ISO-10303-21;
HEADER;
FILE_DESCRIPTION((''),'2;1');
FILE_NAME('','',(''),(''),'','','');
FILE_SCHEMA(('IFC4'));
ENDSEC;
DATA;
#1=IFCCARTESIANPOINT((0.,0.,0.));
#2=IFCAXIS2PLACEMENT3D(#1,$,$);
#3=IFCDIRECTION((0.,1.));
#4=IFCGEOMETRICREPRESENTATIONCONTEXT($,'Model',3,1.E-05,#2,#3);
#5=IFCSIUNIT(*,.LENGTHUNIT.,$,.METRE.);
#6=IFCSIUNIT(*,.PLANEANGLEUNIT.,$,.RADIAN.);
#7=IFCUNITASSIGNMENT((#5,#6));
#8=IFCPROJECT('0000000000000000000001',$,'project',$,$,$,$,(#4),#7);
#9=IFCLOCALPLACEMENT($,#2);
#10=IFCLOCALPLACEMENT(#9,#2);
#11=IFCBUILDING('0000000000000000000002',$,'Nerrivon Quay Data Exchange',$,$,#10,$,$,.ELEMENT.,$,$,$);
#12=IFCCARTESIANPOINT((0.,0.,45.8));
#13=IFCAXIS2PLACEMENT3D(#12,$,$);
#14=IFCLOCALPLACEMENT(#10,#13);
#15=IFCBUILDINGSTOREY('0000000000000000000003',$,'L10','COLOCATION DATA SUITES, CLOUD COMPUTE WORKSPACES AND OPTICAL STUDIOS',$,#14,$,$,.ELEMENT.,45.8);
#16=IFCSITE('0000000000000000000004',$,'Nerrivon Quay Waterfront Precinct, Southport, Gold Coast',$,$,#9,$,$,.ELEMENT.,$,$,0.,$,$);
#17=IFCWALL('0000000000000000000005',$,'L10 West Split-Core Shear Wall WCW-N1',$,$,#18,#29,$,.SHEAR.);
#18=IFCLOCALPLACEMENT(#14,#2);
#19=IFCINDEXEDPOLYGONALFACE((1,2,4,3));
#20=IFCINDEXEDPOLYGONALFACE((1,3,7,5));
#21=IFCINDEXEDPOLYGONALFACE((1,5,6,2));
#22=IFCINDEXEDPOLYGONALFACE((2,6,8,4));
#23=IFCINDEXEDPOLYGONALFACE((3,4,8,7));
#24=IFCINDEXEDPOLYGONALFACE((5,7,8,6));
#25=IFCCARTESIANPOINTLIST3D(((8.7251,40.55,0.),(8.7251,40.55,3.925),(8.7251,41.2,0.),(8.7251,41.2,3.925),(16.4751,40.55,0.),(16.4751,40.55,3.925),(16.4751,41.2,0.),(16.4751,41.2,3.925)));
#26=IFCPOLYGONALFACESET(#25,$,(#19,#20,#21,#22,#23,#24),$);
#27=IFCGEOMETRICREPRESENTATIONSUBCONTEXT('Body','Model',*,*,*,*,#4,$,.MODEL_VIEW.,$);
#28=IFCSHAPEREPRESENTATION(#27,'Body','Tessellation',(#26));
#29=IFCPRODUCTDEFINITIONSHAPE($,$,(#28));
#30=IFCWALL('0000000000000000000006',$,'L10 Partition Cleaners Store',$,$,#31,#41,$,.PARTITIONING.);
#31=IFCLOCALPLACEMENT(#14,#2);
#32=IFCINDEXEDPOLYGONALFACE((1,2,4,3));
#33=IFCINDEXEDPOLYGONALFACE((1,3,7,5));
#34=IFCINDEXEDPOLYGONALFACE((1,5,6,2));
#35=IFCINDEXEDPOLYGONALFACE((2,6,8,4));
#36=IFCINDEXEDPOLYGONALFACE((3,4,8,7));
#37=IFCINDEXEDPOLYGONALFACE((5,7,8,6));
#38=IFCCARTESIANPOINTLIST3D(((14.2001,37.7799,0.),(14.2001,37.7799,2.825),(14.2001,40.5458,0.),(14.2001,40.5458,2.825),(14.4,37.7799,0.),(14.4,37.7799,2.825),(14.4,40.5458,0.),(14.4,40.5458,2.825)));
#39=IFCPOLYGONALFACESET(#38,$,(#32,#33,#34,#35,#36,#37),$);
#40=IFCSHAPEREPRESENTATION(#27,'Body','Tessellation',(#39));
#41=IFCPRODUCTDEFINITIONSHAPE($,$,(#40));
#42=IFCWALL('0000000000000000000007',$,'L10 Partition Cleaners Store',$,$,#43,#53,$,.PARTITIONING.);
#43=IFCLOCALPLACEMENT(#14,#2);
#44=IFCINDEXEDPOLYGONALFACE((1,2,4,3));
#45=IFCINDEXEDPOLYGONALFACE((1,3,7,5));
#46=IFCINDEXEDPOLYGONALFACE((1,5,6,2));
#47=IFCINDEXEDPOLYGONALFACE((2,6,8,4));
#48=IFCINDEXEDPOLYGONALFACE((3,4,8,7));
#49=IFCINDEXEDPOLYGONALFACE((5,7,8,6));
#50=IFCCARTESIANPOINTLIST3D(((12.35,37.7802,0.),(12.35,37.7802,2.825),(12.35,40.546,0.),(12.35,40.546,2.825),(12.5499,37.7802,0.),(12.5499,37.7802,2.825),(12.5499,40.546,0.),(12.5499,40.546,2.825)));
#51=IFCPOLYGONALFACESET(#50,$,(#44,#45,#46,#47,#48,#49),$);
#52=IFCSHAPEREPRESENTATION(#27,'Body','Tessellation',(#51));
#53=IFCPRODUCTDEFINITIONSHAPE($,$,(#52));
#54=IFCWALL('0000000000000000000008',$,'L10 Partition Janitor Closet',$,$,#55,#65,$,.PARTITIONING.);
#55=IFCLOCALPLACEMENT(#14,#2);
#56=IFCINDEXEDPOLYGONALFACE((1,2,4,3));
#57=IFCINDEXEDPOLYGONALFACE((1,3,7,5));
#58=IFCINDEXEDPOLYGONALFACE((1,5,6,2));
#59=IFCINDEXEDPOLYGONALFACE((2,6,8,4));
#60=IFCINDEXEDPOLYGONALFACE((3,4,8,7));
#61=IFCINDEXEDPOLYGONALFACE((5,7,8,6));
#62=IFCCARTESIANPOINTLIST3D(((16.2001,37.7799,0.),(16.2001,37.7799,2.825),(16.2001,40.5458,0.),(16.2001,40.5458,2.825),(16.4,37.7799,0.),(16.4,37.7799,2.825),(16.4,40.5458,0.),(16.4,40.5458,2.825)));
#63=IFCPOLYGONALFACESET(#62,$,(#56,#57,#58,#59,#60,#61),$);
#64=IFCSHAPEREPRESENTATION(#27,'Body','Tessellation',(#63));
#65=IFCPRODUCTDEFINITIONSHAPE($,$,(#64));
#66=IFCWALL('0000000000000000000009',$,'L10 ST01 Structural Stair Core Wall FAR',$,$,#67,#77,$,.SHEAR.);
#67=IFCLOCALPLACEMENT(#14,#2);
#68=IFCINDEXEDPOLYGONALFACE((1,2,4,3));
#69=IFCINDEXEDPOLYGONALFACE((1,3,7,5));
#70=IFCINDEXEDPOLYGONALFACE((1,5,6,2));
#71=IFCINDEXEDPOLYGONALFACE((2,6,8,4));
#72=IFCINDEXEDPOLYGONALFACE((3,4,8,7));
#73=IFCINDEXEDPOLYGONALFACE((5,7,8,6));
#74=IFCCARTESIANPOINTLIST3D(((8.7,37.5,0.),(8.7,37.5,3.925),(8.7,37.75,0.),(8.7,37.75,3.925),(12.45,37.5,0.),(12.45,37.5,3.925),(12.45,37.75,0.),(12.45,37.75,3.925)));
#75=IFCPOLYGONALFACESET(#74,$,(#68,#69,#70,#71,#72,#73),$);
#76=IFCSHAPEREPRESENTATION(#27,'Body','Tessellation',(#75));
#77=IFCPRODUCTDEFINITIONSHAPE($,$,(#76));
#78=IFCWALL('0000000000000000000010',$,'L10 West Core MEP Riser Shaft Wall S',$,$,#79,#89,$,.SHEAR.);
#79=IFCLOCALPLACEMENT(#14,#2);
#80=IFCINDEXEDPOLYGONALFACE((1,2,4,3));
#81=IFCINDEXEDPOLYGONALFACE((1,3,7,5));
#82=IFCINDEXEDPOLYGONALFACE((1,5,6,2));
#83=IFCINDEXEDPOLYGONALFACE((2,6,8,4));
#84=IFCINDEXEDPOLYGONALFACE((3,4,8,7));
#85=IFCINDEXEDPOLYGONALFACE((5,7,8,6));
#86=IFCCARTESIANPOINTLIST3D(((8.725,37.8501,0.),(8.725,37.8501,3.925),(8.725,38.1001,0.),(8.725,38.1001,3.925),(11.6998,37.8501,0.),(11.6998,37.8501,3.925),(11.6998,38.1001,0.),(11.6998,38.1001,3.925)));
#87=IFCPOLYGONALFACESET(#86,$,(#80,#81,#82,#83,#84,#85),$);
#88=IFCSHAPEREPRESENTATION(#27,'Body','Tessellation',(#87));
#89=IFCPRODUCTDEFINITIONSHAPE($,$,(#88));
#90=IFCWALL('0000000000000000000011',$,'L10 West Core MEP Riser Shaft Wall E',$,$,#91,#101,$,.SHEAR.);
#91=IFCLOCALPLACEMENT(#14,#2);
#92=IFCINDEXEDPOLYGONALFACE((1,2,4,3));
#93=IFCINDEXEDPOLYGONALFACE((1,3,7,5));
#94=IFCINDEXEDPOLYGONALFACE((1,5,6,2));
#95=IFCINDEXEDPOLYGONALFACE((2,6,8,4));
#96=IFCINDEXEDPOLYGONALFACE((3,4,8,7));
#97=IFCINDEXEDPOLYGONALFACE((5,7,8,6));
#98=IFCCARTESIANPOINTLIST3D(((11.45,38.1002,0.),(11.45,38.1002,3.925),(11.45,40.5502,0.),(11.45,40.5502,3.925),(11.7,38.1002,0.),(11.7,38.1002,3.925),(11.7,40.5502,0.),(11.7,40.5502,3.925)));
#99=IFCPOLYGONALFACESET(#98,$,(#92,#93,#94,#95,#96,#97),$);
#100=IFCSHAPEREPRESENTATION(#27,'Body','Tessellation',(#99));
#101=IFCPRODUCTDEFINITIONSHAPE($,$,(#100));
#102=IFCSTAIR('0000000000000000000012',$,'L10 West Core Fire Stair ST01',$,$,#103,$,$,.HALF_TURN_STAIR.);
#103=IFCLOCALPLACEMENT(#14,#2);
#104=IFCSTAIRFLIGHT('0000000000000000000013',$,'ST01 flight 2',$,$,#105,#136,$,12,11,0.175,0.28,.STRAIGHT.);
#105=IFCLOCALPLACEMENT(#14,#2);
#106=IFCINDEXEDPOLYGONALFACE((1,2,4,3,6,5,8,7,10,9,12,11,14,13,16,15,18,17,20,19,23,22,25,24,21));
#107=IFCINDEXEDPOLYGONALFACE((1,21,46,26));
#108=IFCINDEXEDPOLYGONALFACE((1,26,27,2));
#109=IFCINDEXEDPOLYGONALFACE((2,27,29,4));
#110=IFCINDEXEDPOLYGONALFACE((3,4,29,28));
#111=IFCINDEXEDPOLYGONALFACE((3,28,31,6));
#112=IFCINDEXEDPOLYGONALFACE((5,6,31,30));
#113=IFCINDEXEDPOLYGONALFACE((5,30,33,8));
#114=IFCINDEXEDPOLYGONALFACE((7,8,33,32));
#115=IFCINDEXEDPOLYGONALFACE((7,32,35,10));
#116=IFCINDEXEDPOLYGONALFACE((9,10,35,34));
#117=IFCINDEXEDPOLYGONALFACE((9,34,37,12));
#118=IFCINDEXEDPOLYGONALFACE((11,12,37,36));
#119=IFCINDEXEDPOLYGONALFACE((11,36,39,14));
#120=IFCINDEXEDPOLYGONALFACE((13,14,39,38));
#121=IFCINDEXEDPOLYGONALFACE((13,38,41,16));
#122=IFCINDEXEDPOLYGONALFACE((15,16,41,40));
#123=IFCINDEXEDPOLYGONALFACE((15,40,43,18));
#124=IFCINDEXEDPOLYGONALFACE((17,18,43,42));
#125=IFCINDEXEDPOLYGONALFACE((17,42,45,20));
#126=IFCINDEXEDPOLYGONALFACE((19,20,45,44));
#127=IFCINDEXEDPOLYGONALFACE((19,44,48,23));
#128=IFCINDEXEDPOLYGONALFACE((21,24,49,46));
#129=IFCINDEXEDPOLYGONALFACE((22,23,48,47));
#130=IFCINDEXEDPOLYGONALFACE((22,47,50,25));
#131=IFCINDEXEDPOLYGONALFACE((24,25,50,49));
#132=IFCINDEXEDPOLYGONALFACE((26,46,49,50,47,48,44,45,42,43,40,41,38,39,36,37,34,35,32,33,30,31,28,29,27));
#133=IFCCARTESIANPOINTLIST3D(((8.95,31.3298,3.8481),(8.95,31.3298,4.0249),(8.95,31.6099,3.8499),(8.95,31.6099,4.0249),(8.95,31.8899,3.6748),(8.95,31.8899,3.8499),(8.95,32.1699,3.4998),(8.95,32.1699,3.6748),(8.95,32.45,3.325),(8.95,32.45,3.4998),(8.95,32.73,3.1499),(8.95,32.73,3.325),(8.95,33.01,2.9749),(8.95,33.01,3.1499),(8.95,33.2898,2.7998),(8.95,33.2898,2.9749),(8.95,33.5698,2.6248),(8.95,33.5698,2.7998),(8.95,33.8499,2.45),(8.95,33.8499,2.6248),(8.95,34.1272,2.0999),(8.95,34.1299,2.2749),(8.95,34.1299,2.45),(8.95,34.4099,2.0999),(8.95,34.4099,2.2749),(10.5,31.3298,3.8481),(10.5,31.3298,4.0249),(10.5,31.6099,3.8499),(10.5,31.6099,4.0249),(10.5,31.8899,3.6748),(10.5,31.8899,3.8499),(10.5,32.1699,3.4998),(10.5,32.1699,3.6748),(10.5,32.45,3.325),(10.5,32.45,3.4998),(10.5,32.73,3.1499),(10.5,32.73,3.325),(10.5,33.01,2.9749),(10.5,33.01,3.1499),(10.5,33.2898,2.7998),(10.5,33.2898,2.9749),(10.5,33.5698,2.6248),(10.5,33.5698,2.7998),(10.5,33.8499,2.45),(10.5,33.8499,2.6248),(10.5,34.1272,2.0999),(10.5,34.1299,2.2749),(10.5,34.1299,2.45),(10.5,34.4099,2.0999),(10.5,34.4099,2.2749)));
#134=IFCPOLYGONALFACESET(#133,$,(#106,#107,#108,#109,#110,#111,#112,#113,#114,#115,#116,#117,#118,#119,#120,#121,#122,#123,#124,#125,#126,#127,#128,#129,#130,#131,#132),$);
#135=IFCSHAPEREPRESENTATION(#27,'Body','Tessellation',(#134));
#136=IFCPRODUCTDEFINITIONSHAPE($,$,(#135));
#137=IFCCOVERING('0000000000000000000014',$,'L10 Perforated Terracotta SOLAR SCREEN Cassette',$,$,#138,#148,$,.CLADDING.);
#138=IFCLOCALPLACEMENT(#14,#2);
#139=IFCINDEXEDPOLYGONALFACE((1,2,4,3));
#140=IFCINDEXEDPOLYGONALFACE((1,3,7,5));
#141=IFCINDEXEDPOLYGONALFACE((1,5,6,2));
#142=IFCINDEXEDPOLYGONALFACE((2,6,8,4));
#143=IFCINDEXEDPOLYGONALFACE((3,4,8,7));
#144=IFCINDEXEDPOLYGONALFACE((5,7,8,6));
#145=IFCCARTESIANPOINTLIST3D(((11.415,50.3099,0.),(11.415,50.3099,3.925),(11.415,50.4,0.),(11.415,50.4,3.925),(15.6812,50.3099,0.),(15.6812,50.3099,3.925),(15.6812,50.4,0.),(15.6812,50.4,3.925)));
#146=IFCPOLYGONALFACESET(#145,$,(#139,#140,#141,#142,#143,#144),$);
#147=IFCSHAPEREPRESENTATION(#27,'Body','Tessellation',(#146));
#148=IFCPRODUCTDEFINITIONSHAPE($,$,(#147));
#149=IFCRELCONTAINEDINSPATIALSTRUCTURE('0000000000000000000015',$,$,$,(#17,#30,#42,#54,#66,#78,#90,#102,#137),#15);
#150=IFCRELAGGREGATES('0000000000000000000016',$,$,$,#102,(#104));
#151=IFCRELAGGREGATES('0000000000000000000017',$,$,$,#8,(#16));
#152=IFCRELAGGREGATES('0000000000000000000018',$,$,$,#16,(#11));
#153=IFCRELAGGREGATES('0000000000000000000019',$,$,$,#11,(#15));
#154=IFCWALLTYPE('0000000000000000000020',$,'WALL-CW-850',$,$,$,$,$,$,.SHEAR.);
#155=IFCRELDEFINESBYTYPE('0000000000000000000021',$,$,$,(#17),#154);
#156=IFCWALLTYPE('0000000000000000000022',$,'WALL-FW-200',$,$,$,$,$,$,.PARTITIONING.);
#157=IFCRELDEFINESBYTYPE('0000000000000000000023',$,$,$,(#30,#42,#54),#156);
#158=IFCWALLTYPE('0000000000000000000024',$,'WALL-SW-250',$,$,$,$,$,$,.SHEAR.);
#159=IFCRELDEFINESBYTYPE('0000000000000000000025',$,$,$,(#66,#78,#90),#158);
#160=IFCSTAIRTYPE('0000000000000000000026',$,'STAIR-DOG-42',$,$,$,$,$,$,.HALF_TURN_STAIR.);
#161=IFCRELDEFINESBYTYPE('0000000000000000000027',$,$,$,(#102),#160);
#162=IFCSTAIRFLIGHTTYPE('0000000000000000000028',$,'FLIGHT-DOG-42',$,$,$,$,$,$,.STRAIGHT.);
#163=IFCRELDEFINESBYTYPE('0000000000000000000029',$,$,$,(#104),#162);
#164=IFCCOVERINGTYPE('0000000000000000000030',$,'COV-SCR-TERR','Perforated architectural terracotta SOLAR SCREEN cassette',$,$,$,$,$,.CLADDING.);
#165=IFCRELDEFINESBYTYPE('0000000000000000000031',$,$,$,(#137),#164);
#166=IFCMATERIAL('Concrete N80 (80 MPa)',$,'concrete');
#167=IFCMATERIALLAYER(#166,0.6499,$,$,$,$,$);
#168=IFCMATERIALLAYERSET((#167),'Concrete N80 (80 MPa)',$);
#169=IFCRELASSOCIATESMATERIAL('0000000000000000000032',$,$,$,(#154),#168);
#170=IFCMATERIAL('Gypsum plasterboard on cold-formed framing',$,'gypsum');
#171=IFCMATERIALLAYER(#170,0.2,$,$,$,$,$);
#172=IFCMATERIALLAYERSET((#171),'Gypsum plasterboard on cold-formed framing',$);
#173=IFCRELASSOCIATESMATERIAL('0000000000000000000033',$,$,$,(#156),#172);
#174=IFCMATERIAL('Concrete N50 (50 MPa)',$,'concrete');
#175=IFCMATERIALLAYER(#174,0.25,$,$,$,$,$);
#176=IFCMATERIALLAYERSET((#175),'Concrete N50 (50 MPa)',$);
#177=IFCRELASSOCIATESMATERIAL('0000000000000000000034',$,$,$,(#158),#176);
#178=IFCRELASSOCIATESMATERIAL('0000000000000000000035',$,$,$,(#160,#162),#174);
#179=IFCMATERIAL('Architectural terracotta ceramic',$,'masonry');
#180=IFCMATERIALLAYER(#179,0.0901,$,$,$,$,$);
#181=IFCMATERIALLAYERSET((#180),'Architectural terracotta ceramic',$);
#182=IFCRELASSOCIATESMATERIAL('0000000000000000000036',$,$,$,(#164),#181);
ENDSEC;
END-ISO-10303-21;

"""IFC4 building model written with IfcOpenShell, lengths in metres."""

from ifc_helpers import new_model, si_unit, direction, frame, frame_2d, origin, origin_2d, place, context, subcontext, project, spatial, polyline, rectangle, outline, extrude, material, layer, layer_set, type_object, element, aggregate, save


model = new_model("IFC4")

# Units and contexts
model_context = context("Model", 3, precision=1e-05, world=origin(), true_north=direction((0.0, 1.0)))
body_context = subcontext(model_context, "Body", "Model", "MODEL_VIEW")
ifc_project = project(units=[si_unit("LENGTHUNIT", "METRE"), si_unit("PLANEANGLEUNIT", "RADIAN")], contexts=[model_context])

# Site, building, storey
site_placement = place(None, origin())
site = spatial("IfcSite", under=ifc_project, at=site_placement, Name="Nerrivon Quay Waterfront Precinct, Southport, Gold Coast", CompositionType="ELEMENT", RefElevation=0.0)
building_placement = place(site_placement, origin())
building = spatial("IfcBuilding", under=site, at=building_placement, Name="Nerrivon Quay Data Exchange", CompositionType="ELEMENT")
storey_placement = place(building_placement, frame((0.0, 0.0, 45.8)))
storey = spatial("IfcBuildingStorey", under=building, at=storey_placement, Name="L10", Description="COLOCATION DATA SUITES, CLOUD COMPUTE WORKSPACES AND OPTICAL STUDIOS", CompositionType="ELEMENT", Elevation=45.8)

# Shared definitions
ifc_material_1 = material(Name="Concrete N80 (80 MPa)", Category="concrete")

# Walls
ifc_layer_1 = layer(ifc_material_1, 0.6499)
ifc_layer_set_1 = layer_set([ifc_layer_1], Name="Concrete N80 (80 MPa)")
wall_type_1 = type_object("IfcWallType", Name="WALL-CW-850", PredefinedType="SHEAR", material=ifc_layer_set_1)
wall_1_placement = place(storey_placement, frame((8.7251, 40.875, 0.0), z_axis=(0.0, 0.0, 1.0), x_axis=(1.0, 0.0, 0.0)))
element("IfcWall", 1, at=wall_1_placement, inside=storey, type_object=wall_type_1, Name="L10 West Split-Core Shear Wall WCW-N1", PredefinedType="SHEAR", context=body_context, shape_type="SweptSolid", body=[
    extrude(rectangle(XDim=7.75, YDim=0.6499, at=frame_2d((3.875, 0.0))), origin(), (0.0, 0.0, 1.0), 3.925),
])
ifc_material_2 = material(Name="Gypsum plasterboard on cold-formed framing", Category="gypsum")
ifc_layer_2 = layer(ifc_material_2, 0.2)
ifc_layer_set_2 = layer_set([ifc_layer_2], Name="Gypsum plasterboard on cold-formed framing")
wall_type_2 = type_object("IfcWallType", Name="WALL-FW-200", PredefinedType="PARTITIONING", material=ifc_layer_set_2)
for number, where, z_axis, x_axis, name in (
    (2, (14.3, 37.78, 0.0), (0.0, 0.0, 1.0), (0.0, 1.0, 0.0), "L10 Partition Cleaners Store"),
    (3, (12.45, 40.5459, 0.0), (0.0, 0.0, 1.0), (0.0, -1.0, 0.0), "L10 Partition Cleaners Store"),
    (4, (16.3, 37.78, 0.0), (0.0, 0.0, 1.0), (0.0, 1.0, 0.0), "L10 Partition Janitor Closet"),
):
    element("IfcWall", number, at=place(storey_placement, frame(where, z_axis=z_axis, x_axis=x_axis)), inside=storey, type_object=wall_type_2, Name=name, PredefinedType="PARTITIONING", context=body_context, shape_type="SweptSolid", body=[
        extrude(rectangle(XDim=2.7659, YDim=0.2, at=frame_2d((1.3828, 0.0))), origin(), (0.0, 0.0, 1.0), 2.825),
    ])
ifc_material_3 = material(Name="Concrete N50 (50 MPa)", Category="concrete")
ifc_layer_3 = layer(ifc_material_3, 0.25)
ifc_layer_set_3 = layer_set([ifc_layer_3], Name="Concrete N50 (50 MPa)")
wall_type_3 = type_object("IfcWallType", Name="WALL-SW-250", PredefinedType="SHEAR", material=ifc_layer_set_3)
wall_2_placement = place(storey_placement, frame((12.45, 37.625, 0.0), z_axis=(0.0, 0.0, 1.0), x_axis=(-1.0, 0.0, 0.0)))
element("IfcWall", 5, at=wall_2_placement, inside=storey, type_object=wall_type_3, Name="L10 ST01 Structural Stair Core Wall FAR", PredefinedType="SHEAR", context=body_context, shape_type="SweptSolid", body=[
    extrude(rectangle(XDim=3.75, YDim=0.25, at=frame_2d((1.875, 0.0))), origin(), (0.0, 0.0, 1.0), 3.925),
])
wall_3_placement = place(storey_placement, frame((8.7251, 37.9751, 0.0), z_axis=(0.0, 0.0, 1.0), x_axis=(1.0, 0.0, 0.0)))
element("IfcWall", 6, at=wall_3_placement, inside=storey, type_object=wall_type_3, Name="L10 West Core MEP Riser Shaft Wall S", PredefinedType="SHEAR", context=body_context, shape_type="SweptSolid", body=[
    extrude(rectangle(XDim=2.9749, YDim=0.25, at=frame_2d((1.4873, 0.0))), origin(), (0.0, 0.0, 1.0), 3.925),
])
wall_4_placement = place(storey_placement, frame((11.575, 38.1001, 0.0), z_axis=(0.0, 0.0, 1.0), x_axis=(0.0, 1.0, 0.0)))
element("IfcWall", 7, at=wall_4_placement, inside=storey, type_object=wall_type_3, Name="L10 West Core MEP Riser Shaft Wall E", PredefinedType="SHEAR", context=body_context, shape_type="SweptSolid", body=[
    extrude(rectangle(XDim=2.45, YDim=0.25, at=frame_2d((1.2251, 0.0))), origin(), (0.0, 0.0, 1.0), 3.925),
])

# Stair, stair flight
stair_type = type_object("IfcStairType", Name="STAIR-DOG-42", PredefinedType="HALF_TURN_STAIR", material=ifc_material_3)
stair_placement = place(storey_placement, origin())
stair = element("IfcStair", 8, at=stair_placement, inside=storey, type_object=stair_type, Name="L10 West Core Fire Stair ST01", PredefinedType="HALF_TURN_STAIR")
stair_flight_type = type_object("IfcStairFlightType", Name="FLIGHT-DOG-42", PredefinedType="STRAIGHT", material=ifc_material_3)
stair_flight_placement = place(storey_placement, frame((9.7251, 34.4099, 2.0999), z_axis=(0.0, 0.0, 1.0), x_axis=(0.0, -1.0, 0.0)))
stair_flight = element("IfcStairFlight", 9, at=stair_flight_placement, type_object=stair_flight_type, Name="ST01 flight 2", NumberOfRisers=12, NumberOfTreads=11, PredefinedType="STRAIGHT", RiserHeight=0.175, TreadLength=0.28, context=body_context, shape_type="SweptSolid", body=[
    extrude(outline(polyline([(0.0, 0.0), (0.0, 0.175), (0.28, 0.175), (0.28, 0.3501), (0.5601, 0.3501), (0.5601, 0.5249), (0.8401, 0.5249), (0.8401, 0.7), (1.1201, 0.7), (1.1201, 0.875), (1.3999, 0.875), (1.3999, 1.05), (1.6799, 1.05), (1.6799, 1.2251), (1.96, 1.2251), (1.96, 1.3999), (2.24, 1.3999), (2.24, 1.575), (2.52, 1.575), (2.52, 1.75), (2.8, 1.75), (2.8, 1.925), (3.0801, 1.925), (3.0801, 2.1001), (3.0801, 1.7483), (0.2827, 0.0), (0.0, 0.0)])), frame((0.0, 0.7749, 0.0), z_axis=(0.0, -1.0, 0.0), x_axis=(1.0, 0.0, 0.0)), (0.0, 0.0, 1.0), 1.55),
])
aggregate(stair, [stair_flight])

# Covering
ifc_material_4 = material(Name="Architectural terracotta ceramic", Category="masonry")
ifc_layer_4 = layer(ifc_material_4, 0.0901)
ifc_layer_set_4 = layer_set([ifc_layer_4], Name="Architectural terracotta ceramic")
covering_type = type_object("IfcCoveringType", Name="COV-SCR-TERR", Description="Perforated architectural terracotta SOLAR SCREEN cassette", PredefinedType="CLADDING", material=ifc_layer_set_4)
covering_placement = place(storey_placement, frame((13.5481, 50.355, 0.0), z_axis=(0.0, 0.0, 1.0), x_axis=(1.0, 0.0, 0.0)))
element("IfcCovering", 10, at=covering_placement, inside=storey, type_object=covering_type, Name="L10 Perforated Terracotta SOLAR SCREEN Cassette", PredefinedType="CLADDING", context=body_context, shape_type="SweptSolid", body=[
    extrude(rectangle(XDim=4.2661, YDim=0.0901, at=origin_2d()), origin(), (0.0, 0.0, 1.0), 3.925),
])

save(model, "model.ifc")
